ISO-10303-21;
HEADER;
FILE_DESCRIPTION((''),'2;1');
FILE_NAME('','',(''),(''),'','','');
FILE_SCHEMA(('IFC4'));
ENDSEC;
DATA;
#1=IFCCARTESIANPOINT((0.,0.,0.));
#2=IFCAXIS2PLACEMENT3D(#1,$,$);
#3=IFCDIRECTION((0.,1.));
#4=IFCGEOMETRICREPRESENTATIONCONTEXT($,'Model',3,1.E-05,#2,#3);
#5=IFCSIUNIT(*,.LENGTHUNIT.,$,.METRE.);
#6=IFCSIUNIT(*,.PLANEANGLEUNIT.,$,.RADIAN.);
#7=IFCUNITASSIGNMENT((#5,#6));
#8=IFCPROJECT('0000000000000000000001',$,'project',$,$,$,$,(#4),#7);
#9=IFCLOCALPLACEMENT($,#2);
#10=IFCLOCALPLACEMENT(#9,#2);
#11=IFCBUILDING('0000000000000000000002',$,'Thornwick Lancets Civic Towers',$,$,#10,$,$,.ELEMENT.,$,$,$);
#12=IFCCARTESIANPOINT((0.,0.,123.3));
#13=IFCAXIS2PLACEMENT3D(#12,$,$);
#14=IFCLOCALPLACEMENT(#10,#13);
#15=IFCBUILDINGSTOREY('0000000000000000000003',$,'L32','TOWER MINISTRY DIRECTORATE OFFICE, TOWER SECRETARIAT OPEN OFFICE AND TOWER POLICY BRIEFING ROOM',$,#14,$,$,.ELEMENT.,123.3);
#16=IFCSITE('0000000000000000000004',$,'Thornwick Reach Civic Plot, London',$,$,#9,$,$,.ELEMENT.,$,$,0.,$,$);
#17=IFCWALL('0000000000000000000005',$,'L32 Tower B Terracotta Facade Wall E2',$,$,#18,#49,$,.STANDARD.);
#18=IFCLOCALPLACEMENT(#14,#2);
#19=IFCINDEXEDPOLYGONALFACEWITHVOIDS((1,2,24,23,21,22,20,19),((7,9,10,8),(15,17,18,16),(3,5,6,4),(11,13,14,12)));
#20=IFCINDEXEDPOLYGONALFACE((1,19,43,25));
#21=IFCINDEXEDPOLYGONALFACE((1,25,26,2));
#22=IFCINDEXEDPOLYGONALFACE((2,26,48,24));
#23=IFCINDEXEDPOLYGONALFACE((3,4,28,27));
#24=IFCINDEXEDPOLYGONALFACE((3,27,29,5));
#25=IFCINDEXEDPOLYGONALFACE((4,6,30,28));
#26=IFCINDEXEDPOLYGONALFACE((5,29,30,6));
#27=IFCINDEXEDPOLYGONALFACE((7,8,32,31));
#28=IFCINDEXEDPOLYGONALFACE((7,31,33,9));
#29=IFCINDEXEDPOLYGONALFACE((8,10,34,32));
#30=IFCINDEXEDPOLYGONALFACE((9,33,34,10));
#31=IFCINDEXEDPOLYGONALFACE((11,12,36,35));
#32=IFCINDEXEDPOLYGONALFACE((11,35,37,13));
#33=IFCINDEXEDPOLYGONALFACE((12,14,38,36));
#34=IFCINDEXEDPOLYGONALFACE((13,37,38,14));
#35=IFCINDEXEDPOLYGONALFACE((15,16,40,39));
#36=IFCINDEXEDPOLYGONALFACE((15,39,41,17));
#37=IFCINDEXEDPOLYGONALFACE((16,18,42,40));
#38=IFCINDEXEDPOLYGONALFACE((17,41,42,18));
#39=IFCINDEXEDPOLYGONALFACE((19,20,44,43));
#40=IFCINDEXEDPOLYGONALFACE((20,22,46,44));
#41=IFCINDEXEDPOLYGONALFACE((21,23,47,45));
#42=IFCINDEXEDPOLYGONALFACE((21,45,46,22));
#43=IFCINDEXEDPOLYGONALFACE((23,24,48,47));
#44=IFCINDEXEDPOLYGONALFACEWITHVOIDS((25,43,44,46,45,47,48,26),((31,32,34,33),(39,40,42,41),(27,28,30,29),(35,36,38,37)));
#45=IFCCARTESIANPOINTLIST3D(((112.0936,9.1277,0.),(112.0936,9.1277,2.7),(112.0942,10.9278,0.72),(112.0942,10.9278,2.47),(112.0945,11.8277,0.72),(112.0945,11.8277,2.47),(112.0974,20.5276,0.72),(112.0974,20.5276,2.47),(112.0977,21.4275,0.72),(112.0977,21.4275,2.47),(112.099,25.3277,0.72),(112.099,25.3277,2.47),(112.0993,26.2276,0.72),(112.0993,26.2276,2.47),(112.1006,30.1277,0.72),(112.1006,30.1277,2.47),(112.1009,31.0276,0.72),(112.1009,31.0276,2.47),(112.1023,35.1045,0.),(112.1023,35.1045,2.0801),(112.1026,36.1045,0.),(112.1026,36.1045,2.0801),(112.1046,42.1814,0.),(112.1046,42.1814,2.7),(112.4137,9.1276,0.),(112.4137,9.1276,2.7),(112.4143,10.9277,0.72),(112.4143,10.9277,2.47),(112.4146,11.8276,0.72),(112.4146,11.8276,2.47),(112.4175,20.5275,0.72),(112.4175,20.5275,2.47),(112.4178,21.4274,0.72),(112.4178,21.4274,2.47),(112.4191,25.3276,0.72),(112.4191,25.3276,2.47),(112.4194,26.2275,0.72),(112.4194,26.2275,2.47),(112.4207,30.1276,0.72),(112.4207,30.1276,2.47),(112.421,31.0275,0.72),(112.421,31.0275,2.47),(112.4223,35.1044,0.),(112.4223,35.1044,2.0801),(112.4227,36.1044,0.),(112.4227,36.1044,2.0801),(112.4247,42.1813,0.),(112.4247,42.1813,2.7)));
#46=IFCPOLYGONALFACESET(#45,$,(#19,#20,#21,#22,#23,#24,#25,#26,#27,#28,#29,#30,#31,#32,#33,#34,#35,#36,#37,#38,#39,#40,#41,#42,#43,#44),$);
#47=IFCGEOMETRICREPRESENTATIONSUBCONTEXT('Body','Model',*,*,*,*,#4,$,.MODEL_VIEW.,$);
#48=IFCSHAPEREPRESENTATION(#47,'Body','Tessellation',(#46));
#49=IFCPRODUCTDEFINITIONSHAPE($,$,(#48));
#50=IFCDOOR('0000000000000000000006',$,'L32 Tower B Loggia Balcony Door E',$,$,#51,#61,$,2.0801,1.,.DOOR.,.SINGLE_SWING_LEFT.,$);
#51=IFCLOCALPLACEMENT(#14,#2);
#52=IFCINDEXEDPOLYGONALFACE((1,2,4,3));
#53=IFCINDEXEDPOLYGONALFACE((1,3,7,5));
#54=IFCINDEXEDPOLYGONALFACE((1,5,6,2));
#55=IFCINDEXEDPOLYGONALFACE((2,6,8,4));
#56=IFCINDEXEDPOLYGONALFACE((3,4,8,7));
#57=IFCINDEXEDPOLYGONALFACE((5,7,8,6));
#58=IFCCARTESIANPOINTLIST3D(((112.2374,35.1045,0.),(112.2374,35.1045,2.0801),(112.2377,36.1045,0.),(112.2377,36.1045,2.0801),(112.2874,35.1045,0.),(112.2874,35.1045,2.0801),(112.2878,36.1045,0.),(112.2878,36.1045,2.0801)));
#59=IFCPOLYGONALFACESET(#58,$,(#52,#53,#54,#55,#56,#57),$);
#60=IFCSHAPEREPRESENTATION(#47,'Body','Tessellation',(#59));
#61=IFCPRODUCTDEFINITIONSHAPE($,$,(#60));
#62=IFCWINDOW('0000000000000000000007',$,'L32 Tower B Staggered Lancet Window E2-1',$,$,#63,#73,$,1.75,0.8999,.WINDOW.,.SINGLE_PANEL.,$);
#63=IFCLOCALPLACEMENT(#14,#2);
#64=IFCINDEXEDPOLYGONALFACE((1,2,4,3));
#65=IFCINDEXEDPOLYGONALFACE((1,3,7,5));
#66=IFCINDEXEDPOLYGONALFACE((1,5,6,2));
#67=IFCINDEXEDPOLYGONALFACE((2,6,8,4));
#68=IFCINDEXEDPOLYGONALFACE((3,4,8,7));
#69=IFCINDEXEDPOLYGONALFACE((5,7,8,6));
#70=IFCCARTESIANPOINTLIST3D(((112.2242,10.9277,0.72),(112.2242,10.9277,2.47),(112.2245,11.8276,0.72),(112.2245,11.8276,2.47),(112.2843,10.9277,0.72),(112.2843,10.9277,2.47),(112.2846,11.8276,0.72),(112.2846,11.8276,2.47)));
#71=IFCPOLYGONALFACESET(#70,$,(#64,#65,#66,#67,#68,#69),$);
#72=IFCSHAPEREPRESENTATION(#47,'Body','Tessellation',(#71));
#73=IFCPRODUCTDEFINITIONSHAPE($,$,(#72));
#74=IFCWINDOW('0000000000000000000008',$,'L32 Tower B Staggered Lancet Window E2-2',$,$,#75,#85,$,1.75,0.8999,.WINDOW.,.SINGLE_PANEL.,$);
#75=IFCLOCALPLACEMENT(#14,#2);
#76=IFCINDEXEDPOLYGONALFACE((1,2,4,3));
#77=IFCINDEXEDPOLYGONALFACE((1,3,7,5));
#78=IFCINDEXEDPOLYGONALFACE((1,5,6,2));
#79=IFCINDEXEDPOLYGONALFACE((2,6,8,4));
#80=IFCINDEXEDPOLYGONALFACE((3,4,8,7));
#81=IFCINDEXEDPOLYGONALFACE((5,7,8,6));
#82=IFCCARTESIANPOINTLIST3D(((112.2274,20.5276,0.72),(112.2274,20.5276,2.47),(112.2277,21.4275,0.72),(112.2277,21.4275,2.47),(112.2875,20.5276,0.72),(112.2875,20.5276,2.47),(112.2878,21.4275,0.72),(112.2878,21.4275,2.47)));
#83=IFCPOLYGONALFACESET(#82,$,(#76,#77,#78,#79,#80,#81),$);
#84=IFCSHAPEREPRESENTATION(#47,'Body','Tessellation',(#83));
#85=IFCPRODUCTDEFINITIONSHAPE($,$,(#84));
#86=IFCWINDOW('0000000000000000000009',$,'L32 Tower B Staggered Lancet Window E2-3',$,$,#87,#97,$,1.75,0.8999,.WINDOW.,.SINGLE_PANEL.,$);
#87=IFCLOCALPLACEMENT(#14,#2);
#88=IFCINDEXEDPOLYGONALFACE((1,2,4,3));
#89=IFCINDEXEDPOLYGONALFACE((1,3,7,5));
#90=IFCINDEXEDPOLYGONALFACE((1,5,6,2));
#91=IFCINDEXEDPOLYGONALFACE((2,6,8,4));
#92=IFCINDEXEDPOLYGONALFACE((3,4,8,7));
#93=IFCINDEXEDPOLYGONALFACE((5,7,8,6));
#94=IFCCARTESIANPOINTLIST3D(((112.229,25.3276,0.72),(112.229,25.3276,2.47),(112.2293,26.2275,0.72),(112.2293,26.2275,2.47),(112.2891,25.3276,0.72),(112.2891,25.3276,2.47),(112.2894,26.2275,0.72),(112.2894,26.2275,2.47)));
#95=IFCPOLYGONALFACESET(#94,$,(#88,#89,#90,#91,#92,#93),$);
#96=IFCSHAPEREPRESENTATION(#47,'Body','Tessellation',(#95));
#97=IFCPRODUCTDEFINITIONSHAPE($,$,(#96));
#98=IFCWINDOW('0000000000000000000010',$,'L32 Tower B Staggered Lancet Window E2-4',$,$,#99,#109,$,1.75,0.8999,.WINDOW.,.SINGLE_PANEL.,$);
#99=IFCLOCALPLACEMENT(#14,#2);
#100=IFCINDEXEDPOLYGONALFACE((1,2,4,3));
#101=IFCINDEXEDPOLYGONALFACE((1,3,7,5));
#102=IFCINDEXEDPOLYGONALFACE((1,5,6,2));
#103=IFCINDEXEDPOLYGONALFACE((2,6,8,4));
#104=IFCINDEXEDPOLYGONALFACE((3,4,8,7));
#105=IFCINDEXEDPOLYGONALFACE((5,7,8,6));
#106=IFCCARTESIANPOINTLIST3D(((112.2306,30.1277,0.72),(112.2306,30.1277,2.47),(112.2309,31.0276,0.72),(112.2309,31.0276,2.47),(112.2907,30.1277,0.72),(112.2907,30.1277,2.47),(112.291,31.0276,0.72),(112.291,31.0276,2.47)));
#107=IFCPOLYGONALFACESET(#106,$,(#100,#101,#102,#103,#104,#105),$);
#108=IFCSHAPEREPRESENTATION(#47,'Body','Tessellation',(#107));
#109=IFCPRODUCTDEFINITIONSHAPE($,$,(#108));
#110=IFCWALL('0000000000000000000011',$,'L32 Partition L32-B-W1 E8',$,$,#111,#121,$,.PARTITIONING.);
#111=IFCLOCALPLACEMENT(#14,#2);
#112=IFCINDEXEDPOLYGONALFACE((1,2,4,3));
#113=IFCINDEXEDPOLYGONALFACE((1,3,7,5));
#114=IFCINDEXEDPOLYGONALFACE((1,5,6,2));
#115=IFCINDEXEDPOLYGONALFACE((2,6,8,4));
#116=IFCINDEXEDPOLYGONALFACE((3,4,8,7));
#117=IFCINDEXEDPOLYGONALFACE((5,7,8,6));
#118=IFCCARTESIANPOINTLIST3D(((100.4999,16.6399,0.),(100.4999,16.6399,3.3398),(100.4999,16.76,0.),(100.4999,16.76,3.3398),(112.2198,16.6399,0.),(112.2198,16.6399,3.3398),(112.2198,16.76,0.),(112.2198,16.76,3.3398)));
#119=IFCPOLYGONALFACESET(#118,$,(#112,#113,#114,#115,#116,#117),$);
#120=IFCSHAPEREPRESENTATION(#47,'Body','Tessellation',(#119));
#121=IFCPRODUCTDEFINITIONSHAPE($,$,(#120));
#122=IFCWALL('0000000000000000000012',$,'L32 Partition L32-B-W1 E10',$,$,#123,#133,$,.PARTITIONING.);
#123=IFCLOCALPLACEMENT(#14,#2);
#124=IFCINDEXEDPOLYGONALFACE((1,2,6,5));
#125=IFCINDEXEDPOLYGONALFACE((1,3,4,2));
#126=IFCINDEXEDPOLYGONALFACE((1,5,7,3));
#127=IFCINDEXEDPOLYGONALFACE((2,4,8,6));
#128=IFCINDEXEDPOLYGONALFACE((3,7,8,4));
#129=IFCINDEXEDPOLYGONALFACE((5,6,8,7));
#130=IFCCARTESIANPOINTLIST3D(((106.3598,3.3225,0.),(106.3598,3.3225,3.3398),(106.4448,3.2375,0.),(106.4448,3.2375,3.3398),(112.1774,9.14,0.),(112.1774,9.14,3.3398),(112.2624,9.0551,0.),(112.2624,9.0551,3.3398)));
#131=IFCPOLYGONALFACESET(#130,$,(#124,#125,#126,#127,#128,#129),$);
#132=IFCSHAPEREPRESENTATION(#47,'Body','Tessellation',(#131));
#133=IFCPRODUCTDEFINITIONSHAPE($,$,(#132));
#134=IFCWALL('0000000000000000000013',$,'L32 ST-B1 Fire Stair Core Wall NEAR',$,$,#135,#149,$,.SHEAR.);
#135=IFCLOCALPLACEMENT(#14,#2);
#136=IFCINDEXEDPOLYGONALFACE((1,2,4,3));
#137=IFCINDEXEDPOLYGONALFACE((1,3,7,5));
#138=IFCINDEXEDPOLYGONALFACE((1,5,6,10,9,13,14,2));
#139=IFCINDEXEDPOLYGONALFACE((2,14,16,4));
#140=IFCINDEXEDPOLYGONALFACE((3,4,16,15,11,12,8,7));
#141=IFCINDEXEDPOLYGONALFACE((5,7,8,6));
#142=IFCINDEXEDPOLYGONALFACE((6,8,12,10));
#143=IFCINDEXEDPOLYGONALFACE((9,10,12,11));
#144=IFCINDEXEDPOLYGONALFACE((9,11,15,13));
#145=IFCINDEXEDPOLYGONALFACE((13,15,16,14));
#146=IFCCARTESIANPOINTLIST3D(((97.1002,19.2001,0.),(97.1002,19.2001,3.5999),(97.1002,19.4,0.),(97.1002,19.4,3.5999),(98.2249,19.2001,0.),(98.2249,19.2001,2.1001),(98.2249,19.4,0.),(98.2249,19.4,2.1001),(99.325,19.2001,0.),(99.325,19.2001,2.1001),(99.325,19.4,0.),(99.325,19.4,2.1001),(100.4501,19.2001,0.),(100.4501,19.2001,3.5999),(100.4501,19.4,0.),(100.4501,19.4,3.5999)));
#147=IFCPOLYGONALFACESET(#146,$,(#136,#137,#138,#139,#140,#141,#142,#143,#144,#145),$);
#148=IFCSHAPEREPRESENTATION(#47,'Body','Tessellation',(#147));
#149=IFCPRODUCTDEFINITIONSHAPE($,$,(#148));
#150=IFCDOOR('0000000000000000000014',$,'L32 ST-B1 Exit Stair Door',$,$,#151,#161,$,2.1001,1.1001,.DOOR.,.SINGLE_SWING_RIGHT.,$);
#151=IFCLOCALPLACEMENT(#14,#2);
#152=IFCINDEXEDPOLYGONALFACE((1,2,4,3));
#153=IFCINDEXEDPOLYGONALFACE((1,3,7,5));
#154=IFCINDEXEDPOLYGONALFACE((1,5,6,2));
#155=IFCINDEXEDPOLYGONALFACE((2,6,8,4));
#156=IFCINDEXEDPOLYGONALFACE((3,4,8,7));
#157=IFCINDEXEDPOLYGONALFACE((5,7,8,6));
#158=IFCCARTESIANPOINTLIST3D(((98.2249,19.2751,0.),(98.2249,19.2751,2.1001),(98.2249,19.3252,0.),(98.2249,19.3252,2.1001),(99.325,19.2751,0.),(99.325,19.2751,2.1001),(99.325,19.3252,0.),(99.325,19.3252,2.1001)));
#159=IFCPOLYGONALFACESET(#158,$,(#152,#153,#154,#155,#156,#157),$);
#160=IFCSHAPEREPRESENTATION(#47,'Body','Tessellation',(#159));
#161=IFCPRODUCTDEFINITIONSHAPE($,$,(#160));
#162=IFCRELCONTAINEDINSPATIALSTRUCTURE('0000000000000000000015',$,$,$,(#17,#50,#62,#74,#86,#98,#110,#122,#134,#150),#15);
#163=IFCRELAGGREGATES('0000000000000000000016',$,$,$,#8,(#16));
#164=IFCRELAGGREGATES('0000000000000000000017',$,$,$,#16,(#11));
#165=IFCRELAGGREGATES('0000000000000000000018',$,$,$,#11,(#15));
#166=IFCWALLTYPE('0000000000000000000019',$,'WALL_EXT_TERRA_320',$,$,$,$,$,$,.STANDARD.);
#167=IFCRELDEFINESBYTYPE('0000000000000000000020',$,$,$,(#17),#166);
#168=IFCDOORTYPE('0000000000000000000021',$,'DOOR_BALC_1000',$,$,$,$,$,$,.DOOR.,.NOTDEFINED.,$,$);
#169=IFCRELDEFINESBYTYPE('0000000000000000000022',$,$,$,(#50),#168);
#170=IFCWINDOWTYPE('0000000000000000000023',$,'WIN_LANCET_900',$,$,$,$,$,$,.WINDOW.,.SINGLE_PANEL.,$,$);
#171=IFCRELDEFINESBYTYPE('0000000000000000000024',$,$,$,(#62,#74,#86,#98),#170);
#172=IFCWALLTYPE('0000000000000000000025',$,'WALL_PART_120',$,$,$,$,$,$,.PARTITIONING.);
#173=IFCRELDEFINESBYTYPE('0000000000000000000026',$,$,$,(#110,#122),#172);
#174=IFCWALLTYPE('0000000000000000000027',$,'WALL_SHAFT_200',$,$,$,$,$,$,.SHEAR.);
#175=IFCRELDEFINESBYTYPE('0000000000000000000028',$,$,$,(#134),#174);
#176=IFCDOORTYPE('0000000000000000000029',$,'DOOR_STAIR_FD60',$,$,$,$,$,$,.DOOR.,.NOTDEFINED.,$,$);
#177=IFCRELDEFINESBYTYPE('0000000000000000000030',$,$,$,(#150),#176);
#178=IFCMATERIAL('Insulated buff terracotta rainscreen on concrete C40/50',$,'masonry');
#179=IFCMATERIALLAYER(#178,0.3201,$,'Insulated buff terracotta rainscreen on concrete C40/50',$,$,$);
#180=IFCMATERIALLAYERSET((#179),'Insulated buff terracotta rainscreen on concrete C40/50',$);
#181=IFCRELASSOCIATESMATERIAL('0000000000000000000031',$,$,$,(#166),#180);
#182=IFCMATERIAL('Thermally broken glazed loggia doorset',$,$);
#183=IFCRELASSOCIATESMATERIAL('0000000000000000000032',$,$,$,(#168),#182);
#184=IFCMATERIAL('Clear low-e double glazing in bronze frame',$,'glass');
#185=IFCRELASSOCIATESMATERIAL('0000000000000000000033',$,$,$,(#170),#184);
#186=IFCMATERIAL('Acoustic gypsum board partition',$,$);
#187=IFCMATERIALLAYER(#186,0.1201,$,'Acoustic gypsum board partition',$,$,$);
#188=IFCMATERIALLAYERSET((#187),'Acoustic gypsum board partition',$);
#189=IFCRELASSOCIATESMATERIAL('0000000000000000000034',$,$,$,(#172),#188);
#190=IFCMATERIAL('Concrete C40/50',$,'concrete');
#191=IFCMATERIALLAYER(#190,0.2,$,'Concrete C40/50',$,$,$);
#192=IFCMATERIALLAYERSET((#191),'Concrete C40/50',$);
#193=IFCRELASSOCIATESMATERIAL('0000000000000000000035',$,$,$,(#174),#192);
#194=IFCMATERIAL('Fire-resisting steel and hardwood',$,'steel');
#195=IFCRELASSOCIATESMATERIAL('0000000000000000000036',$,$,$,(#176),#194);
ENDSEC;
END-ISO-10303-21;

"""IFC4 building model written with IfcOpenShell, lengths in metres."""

from ifc_helpers import new_model, si_unit, direction, frame, frame_2d, origin, place, context, subcontext, project, spatial, rectangle, extrude, material, layer, layer_set, type_object, element, fill, save


model = new_model("IFC4")

# Units and contexts
model_context = context("Model", 3, precision=1e-05, world=origin(), true_north=direction((0.0, 1.0)))
body_context = subcontext(model_context, "Body", "Model", "MODEL_VIEW")
ifc_project = project(units=[si_unit("LENGTHUNIT", "METRE"), si_unit("PLANEANGLEUNIT", "RADIAN")], contexts=[model_context])

# Site, building, storey
site_placement = place(None, origin())
site = spatial("IfcSite", under=ifc_project, at=site_placement, Name="Thornwick Reach Civic Plot, London", CompositionType="ELEMENT", RefElevation=0.0)
building_placement = place(site_placement, origin())
building = spatial("IfcBuilding", under=site, at=building_placement, Name="Thornwick Lancets Civic Towers", CompositionType="ELEMENT")
storey_placement = place(building_placement, frame((0.0, 0.0, 123.3)))
storey = spatial("IfcBuildingStorey", under=building, at=storey_placement, Name="L32", Description="TOWER MINISTRY DIRECTORATE OFFICE, TOWER SECRETARIAT OPEN OFFICE AND TOWER POLICY BRIEFING ROOM", CompositionType="ELEMENT", Elevation=123.3)

# Wall, openings, door, windows
ifc_material_1 = material(Name="Insulated buff terracotta rainscreen on concrete C40/50", Category="masonry")
ifc_layer_1 = layer(ifc_material_1, 0.3201, Name="Insulated buff terracotta rainscreen on concrete C40/50")
ifc_layer_set_1 = layer_set([ifc_layer_1], Name="Insulated buff terracotta rainscreen on concrete C40/50")
wall_type_1 = type_object("IfcWallType", Name="WALL_EXT_TERRA_320", PredefinedType="STANDARD", material=ifc_layer_set_1)
wall_1_placement = place(storey_placement, frame((112.2537, 9.1277, 0.0), z_axis=(0.0, 0.0, 1.0), x_axis=(0.000332, 1.0, 0.0)))
wall_1 = element("IfcWall", 1, at=wall_1_placement, inside=storey, type_object=wall_type_1, Name="L32 Tower B Terracotta Facade Wall E2", PredefinedType="STANDARD", context=body_context, shape_type="SweptSolid", body=[
    extrude(rectangle(XDim=33.0537, YDim=0.3201, at=frame_2d((16.5269, 0.0))), origin(), (0.0, 0.0, 1.0), 2.7),
])
opening_1_placement = place(wall_1_placement, frame((25.9768, 0.0, 0.0)))
opening_1 = element("IfcOpeningElement", 2, at=opening_1_placement, cuts=wall_1, PredefinedType="OPENING", context=body_context, shape_type="SweptSolid", body=[
    extrude(rectangle(XDim=1.0, YDim=2.0801, at=frame_2d((0.5, 1.04))), frame((0.0, 0.1699, 0.0), z_axis=(0.0, -1.0, 0.0), x_axis=(1.0, 0.0, 0.0)), (0.0, 0.0, 1.0), 0.3401),
])
opening_2_placement = place(wall_1_placement, frame((1.8, 0.0, 0.72)))
opening_2 = element("IfcOpeningElement", 3, at=opening_2_placement, cuts=wall_1, PredefinedType="OPENING", context=body_context, shape_type="SweptSolid", body=[
    extrude(rectangle(XDim=0.8999, YDim=1.75, at=frame_2d((0.45, 0.875))), frame((0.0, 0.1699, 0.0), z_axis=(0.0, -1.0, 0.0), x_axis=(1.0, 0.0, 0.0)), (0.0, 0.0, 1.0), 0.3401),
])
opening_3_placement = place(wall_1_placement, frame((11.3999, 0.0, 0.72)))
opening_3 = element("IfcOpeningElement", 4, at=opening_3_placement, cuts=wall_1, PredefinedType="OPENING", context=body_context, shape_type="SweptSolid", body=[
    extrude(rectangle(XDim=0.8999, YDim=1.75, at=frame_2d((0.45, 0.875))), frame((0.0, 0.1699, 0.0), z_axis=(0.0, -1.0, 0.0), x_axis=(1.0, 0.0, 0.0)), (0.0, 0.0, 1.0), 0.3401),
])
opening_4_placement = place(wall_1_placement, frame((16.2, 0.0, 0.72)))
opening_4 = element("IfcOpeningElement", 5, at=opening_4_placement, cuts=wall_1, PredefinedType="OPENING", context=body_context, shape_type="SweptSolid", body=[
    extrude(rectangle(XDim=0.8999, YDim=1.75, at=frame_2d((0.45, 0.875))), frame((0.0, 0.1699, 0.0), z_axis=(0.0, -1.0, 0.0), x_axis=(1.0, 0.0, 0.0)), (0.0, 0.0, 1.0), 0.3401),
])
opening_5_placement = place(wall_1_placement, frame((21.0, 0.0, 0.72)))
opening_5 = element("IfcOpeningElement", 6, at=opening_5_placement, cuts=wall_1, PredefinedType="OPENING", context=body_context, shape_type="SweptSolid", body=[
    extrude(rectangle(XDim=0.8999, YDim=1.75, at=frame_2d((0.45, 0.875))), frame((0.0, 0.1699, 0.0), z_axis=(0.0, -1.0, 0.0), x_axis=(1.0, 0.0, 0.0)), (0.0, 0.0, 1.0), 0.3401),
])
ifc_material_2 = material(Name="Thermally broken glazed loggia doorset")
door_type_1 = type_object("IfcDoorType", Name="DOOR_BALC_1000", OperationType="NOTDEFINED", PredefinedType="DOOR", material=ifc_material_2)
door_1_placement = place(opening_1_placement, origin())
door_1 = element("IfcDoor", 7, at=door_1_placement, inside=storey, type_object=door_type_1, Name="L32 Tower B Loggia Balcony Door E", OperationType="SINGLE_SWING_LEFT", OverallHeight=2.0801, OverallWidth=1.0, PredefinedType="DOOR", context=body_context, shape_type="SweptSolid", body=[
    extrude(rectangle(XDim=1.0, YDim=2.0801, at=frame_2d((0.5, 1.04))), frame((0.0, 0.0249, 0.0), z_axis=(0.0, -1.0, 0.0), x_axis=(1.0, 0.0, 0.0)), (0.0, 0.0, 1.0), 0.05),
])
fill(opening_1, door_1)
ifc_material_3 = material(Name="Clear low-e double glazing in bronze frame", Category="glass")
window_type = type_object("IfcWindowType", Name="WIN_LANCET_900", PartitioningType="SINGLE_PANEL", PredefinedType="WINDOW", material=ifc_material_3)
window_1_placement = place(opening_2_placement, origin())
window_1 = element("IfcWindow", 8, at=window_1_placement, inside=storey, type_object=window_type, Name="L32 Tower B Staggered Lancet Window E2-1", OverallHeight=1.75, OverallWidth=0.8999, PartitioningType="SINGLE_PANEL", PredefinedType="WINDOW", context=body_context, shape_type="SweptSolid", body=[
    extrude(rectangle(XDim=0.8999, YDim=1.75, at=frame_2d((0.45, 0.875))), frame((0.0, 0.03, 0.0), z_axis=(0.0, -1.0, 0.0), x_axis=(1.0, 0.0, 0.0)), (0.0, 0.0, 1.0), 0.0601),
])
fill(opening_2, window_1)
window_2_placement = place(opening_3_placement, origin())
window_2 = element("IfcWindow", 9, at=window_2_placement, inside=storey, type_object=window_type, Name="L32 Tower B Staggered Lancet Window E2-2", OverallHeight=1.75, OverallWidth=0.8999, PartitioningType="SINGLE_PANEL", PredefinedType="WINDOW", context=body_context, shape_type="SweptSolid", body=[
    extrude(rectangle(XDim=0.8999, YDim=1.75, at=frame_2d((0.45, 0.875))), frame((0.0, 0.03, 0.0), z_axis=(0.0, -1.0, 0.0), x_axis=(1.0, 0.0, 0.0)), (0.0, 0.0, 1.0), 0.0601),
])
fill(opening_3, window_2)
window_3_placement = place(opening_4_placement, origin())
window_3 = element("IfcWindow", 10, at=window_3_placement, inside=storey, type_object=window_type, Name="L32 Tower B Staggered Lancet Window E2-3", OverallHeight=1.75, OverallWidth=0.8999, PartitioningType="SINGLE_PANEL", PredefinedType="WINDOW", context=body_context, shape_type="SweptSolid", body=[
    extrude(rectangle(XDim=0.8999, YDim=1.75, at=frame_2d((0.45, 0.875))), frame((0.0, 0.03, 0.0), z_axis=(0.0, -1.0, 0.0), x_axis=(1.0, 0.0, 0.0)), (0.0, 0.0, 1.0), 0.0601),
])
fill(opening_4, window_3)
window_4_placement = place(opening_5_placement, origin())
window_4 = element("IfcWindow", 11, at=window_4_placement, inside=storey, type_object=window_type, Name="L32 Tower B Staggered Lancet Window E2-4", OverallHeight=1.75, OverallWidth=0.8999, PartitioningType="SINGLE_PANEL", PredefinedType="WINDOW", context=body_context, shape_type="SweptSolid", body=[
    extrude(rectangle(XDim=0.8999, YDim=1.75, at=frame_2d((0.45, 0.875))), frame((0.0, 0.03, 0.0), z_axis=(0.0, -1.0, 0.0), x_axis=(1.0, 0.0, 0.0)), (0.0, 0.0, 1.0), 0.0601),
])
fill(opening_5, window_4)

# Walls
ifc_material_4 = material(Name="Acoustic gypsum board partition")
ifc_layer_2 = layer(ifc_material_4, 0.1201, Name="Acoustic gypsum board partition")
ifc_layer_set_2 = layer_set([ifc_layer_2], Name="Acoustic gypsum board partition")
wall_type_2 = type_object("IfcWallType", Name="WALL_PART_120", PredefinedType="PARTITIONING", material=ifc_layer_set_2)
wall_2_placement = place(storey_placement, frame((100.5, 16.7, 0.0), z_axis=(0.0, 0.0, 1.0), x_axis=(1.0, 0.0, 0.0)))
element("IfcWall", 12, at=wall_2_placement, inside=storey, type_object=wall_type_2, Name="L32 Partition L32-B-W1 E8", PredefinedType="PARTITIONING", context=body_context, shape_type="SweptSolid", body=[
    extrude(rectangle(XDim=11.72, YDim=0.1201, at=frame_2d((5.8599, 0.0))), origin(), (0.0, 0.0, 1.0), 3.3398),
])
wall_3_placement = place(storey_placement, frame((112.22, 9.0977, 0.0), z_axis=(0.0, 0.0, 1.0), x_axis=(-0.707107, -0.707107, 0.0)))
element("IfcWall", 13, at=wall_3_placement, inside=storey, type_object=wall_type_2, Name="L32 Partition L32-B-W1 E10", PredefinedType="PARTITIONING", context=body_context, shape_type="SweptSolid", body=[
    extrude(rectangle(XDim=8.2273, YDim=0.1201, at=frame_2d((4.1138, 0.0))), origin(), (0.0, 0.0, 1.0), 3.3398),
])

# Wall, opening, door
ifc_material_5 = material(Name="Concrete C40/50", Category="concrete")
ifc_layer_3 = layer(ifc_material_5, 0.2, Name="Concrete C40/50")
ifc_layer_set_3 = layer_set([ifc_layer_3], Name="Concrete C40/50")
wall_type_3 = type_object("IfcWallType", Name="WALL_SHAFT_200", PredefinedType="SHEAR", material=ifc_layer_set_3)
wall_4_placement = place(storey_placement, frame((100.45, 19.3, 0.0), z_axis=(0.0, 0.0, 1.0), x_axis=(-1.0, 0.0, 0.0)))
wall_4 = element("IfcWall", 14, at=wall_4_placement, inside=storey, type_object=wall_type_3, Name="L32 ST-B1 Fire Stair Core Wall NEAR", PredefinedType="SHEAR", context=body_context, shape_type="SweptSolid", body=[
    extrude(rectangle(XDim=3.3499, YDim=0.2, at=frame_2d((1.6748, 0.0))), origin(), (0.0, 0.0, 1.0), 3.5999),
])
opening_6_placement = place(wall_4_placement, frame((1.125, 0.0, 0.0)))
opening_6 = element("IfcOpeningElement", 15, at=opening_6_placement, cuts=wall_4, PredefinedType="OPENING", context=body_context, shape_type="SweptSolid", body=[
    extrude(rectangle(XDim=1.1001, YDim=2.1001, at=frame_2d((0.55, 1.05))), frame((0.0, 0.1099, 0.0), z_axis=(0.0, -1.0, 0.0), x_axis=(1.0, 0.0, 0.0)), (0.0, 0.0, 1.0), 0.22),
])
ifc_material_6 = material(Name="Fire-resisting steel and hardwood", Category="steel")
door_type_2 = type_object("IfcDoorType", Name="DOOR_STAIR_FD60", OperationType="NOTDEFINED", PredefinedType="DOOR", material=ifc_material_6)
door_2_placement = place(opening_6_placement, origin())
door_2 = element("IfcDoor", 16, at=door_2_placement, inside=storey, type_object=door_type_2, Name="L32 ST-B1 Exit Stair Door", OperationType="SINGLE_SWING_RIGHT", OverallHeight=2.1001, OverallWidth=1.1001, PredefinedType="DOOR", context=body_context, shape_type="SweptSolid", body=[
    extrude(rectangle(XDim=1.1001, YDim=2.1001, at=frame_2d((0.55, 1.05))), frame((0.0, 0.0249, 0.0), z_axis=(0.0, -1.0, 0.0), x_axis=(1.0, 0.0, 0.0)), (0.0, 0.0, 1.0), 0.05),
])
fill(opening_6, door_2)

save(model, "model.ifc")
